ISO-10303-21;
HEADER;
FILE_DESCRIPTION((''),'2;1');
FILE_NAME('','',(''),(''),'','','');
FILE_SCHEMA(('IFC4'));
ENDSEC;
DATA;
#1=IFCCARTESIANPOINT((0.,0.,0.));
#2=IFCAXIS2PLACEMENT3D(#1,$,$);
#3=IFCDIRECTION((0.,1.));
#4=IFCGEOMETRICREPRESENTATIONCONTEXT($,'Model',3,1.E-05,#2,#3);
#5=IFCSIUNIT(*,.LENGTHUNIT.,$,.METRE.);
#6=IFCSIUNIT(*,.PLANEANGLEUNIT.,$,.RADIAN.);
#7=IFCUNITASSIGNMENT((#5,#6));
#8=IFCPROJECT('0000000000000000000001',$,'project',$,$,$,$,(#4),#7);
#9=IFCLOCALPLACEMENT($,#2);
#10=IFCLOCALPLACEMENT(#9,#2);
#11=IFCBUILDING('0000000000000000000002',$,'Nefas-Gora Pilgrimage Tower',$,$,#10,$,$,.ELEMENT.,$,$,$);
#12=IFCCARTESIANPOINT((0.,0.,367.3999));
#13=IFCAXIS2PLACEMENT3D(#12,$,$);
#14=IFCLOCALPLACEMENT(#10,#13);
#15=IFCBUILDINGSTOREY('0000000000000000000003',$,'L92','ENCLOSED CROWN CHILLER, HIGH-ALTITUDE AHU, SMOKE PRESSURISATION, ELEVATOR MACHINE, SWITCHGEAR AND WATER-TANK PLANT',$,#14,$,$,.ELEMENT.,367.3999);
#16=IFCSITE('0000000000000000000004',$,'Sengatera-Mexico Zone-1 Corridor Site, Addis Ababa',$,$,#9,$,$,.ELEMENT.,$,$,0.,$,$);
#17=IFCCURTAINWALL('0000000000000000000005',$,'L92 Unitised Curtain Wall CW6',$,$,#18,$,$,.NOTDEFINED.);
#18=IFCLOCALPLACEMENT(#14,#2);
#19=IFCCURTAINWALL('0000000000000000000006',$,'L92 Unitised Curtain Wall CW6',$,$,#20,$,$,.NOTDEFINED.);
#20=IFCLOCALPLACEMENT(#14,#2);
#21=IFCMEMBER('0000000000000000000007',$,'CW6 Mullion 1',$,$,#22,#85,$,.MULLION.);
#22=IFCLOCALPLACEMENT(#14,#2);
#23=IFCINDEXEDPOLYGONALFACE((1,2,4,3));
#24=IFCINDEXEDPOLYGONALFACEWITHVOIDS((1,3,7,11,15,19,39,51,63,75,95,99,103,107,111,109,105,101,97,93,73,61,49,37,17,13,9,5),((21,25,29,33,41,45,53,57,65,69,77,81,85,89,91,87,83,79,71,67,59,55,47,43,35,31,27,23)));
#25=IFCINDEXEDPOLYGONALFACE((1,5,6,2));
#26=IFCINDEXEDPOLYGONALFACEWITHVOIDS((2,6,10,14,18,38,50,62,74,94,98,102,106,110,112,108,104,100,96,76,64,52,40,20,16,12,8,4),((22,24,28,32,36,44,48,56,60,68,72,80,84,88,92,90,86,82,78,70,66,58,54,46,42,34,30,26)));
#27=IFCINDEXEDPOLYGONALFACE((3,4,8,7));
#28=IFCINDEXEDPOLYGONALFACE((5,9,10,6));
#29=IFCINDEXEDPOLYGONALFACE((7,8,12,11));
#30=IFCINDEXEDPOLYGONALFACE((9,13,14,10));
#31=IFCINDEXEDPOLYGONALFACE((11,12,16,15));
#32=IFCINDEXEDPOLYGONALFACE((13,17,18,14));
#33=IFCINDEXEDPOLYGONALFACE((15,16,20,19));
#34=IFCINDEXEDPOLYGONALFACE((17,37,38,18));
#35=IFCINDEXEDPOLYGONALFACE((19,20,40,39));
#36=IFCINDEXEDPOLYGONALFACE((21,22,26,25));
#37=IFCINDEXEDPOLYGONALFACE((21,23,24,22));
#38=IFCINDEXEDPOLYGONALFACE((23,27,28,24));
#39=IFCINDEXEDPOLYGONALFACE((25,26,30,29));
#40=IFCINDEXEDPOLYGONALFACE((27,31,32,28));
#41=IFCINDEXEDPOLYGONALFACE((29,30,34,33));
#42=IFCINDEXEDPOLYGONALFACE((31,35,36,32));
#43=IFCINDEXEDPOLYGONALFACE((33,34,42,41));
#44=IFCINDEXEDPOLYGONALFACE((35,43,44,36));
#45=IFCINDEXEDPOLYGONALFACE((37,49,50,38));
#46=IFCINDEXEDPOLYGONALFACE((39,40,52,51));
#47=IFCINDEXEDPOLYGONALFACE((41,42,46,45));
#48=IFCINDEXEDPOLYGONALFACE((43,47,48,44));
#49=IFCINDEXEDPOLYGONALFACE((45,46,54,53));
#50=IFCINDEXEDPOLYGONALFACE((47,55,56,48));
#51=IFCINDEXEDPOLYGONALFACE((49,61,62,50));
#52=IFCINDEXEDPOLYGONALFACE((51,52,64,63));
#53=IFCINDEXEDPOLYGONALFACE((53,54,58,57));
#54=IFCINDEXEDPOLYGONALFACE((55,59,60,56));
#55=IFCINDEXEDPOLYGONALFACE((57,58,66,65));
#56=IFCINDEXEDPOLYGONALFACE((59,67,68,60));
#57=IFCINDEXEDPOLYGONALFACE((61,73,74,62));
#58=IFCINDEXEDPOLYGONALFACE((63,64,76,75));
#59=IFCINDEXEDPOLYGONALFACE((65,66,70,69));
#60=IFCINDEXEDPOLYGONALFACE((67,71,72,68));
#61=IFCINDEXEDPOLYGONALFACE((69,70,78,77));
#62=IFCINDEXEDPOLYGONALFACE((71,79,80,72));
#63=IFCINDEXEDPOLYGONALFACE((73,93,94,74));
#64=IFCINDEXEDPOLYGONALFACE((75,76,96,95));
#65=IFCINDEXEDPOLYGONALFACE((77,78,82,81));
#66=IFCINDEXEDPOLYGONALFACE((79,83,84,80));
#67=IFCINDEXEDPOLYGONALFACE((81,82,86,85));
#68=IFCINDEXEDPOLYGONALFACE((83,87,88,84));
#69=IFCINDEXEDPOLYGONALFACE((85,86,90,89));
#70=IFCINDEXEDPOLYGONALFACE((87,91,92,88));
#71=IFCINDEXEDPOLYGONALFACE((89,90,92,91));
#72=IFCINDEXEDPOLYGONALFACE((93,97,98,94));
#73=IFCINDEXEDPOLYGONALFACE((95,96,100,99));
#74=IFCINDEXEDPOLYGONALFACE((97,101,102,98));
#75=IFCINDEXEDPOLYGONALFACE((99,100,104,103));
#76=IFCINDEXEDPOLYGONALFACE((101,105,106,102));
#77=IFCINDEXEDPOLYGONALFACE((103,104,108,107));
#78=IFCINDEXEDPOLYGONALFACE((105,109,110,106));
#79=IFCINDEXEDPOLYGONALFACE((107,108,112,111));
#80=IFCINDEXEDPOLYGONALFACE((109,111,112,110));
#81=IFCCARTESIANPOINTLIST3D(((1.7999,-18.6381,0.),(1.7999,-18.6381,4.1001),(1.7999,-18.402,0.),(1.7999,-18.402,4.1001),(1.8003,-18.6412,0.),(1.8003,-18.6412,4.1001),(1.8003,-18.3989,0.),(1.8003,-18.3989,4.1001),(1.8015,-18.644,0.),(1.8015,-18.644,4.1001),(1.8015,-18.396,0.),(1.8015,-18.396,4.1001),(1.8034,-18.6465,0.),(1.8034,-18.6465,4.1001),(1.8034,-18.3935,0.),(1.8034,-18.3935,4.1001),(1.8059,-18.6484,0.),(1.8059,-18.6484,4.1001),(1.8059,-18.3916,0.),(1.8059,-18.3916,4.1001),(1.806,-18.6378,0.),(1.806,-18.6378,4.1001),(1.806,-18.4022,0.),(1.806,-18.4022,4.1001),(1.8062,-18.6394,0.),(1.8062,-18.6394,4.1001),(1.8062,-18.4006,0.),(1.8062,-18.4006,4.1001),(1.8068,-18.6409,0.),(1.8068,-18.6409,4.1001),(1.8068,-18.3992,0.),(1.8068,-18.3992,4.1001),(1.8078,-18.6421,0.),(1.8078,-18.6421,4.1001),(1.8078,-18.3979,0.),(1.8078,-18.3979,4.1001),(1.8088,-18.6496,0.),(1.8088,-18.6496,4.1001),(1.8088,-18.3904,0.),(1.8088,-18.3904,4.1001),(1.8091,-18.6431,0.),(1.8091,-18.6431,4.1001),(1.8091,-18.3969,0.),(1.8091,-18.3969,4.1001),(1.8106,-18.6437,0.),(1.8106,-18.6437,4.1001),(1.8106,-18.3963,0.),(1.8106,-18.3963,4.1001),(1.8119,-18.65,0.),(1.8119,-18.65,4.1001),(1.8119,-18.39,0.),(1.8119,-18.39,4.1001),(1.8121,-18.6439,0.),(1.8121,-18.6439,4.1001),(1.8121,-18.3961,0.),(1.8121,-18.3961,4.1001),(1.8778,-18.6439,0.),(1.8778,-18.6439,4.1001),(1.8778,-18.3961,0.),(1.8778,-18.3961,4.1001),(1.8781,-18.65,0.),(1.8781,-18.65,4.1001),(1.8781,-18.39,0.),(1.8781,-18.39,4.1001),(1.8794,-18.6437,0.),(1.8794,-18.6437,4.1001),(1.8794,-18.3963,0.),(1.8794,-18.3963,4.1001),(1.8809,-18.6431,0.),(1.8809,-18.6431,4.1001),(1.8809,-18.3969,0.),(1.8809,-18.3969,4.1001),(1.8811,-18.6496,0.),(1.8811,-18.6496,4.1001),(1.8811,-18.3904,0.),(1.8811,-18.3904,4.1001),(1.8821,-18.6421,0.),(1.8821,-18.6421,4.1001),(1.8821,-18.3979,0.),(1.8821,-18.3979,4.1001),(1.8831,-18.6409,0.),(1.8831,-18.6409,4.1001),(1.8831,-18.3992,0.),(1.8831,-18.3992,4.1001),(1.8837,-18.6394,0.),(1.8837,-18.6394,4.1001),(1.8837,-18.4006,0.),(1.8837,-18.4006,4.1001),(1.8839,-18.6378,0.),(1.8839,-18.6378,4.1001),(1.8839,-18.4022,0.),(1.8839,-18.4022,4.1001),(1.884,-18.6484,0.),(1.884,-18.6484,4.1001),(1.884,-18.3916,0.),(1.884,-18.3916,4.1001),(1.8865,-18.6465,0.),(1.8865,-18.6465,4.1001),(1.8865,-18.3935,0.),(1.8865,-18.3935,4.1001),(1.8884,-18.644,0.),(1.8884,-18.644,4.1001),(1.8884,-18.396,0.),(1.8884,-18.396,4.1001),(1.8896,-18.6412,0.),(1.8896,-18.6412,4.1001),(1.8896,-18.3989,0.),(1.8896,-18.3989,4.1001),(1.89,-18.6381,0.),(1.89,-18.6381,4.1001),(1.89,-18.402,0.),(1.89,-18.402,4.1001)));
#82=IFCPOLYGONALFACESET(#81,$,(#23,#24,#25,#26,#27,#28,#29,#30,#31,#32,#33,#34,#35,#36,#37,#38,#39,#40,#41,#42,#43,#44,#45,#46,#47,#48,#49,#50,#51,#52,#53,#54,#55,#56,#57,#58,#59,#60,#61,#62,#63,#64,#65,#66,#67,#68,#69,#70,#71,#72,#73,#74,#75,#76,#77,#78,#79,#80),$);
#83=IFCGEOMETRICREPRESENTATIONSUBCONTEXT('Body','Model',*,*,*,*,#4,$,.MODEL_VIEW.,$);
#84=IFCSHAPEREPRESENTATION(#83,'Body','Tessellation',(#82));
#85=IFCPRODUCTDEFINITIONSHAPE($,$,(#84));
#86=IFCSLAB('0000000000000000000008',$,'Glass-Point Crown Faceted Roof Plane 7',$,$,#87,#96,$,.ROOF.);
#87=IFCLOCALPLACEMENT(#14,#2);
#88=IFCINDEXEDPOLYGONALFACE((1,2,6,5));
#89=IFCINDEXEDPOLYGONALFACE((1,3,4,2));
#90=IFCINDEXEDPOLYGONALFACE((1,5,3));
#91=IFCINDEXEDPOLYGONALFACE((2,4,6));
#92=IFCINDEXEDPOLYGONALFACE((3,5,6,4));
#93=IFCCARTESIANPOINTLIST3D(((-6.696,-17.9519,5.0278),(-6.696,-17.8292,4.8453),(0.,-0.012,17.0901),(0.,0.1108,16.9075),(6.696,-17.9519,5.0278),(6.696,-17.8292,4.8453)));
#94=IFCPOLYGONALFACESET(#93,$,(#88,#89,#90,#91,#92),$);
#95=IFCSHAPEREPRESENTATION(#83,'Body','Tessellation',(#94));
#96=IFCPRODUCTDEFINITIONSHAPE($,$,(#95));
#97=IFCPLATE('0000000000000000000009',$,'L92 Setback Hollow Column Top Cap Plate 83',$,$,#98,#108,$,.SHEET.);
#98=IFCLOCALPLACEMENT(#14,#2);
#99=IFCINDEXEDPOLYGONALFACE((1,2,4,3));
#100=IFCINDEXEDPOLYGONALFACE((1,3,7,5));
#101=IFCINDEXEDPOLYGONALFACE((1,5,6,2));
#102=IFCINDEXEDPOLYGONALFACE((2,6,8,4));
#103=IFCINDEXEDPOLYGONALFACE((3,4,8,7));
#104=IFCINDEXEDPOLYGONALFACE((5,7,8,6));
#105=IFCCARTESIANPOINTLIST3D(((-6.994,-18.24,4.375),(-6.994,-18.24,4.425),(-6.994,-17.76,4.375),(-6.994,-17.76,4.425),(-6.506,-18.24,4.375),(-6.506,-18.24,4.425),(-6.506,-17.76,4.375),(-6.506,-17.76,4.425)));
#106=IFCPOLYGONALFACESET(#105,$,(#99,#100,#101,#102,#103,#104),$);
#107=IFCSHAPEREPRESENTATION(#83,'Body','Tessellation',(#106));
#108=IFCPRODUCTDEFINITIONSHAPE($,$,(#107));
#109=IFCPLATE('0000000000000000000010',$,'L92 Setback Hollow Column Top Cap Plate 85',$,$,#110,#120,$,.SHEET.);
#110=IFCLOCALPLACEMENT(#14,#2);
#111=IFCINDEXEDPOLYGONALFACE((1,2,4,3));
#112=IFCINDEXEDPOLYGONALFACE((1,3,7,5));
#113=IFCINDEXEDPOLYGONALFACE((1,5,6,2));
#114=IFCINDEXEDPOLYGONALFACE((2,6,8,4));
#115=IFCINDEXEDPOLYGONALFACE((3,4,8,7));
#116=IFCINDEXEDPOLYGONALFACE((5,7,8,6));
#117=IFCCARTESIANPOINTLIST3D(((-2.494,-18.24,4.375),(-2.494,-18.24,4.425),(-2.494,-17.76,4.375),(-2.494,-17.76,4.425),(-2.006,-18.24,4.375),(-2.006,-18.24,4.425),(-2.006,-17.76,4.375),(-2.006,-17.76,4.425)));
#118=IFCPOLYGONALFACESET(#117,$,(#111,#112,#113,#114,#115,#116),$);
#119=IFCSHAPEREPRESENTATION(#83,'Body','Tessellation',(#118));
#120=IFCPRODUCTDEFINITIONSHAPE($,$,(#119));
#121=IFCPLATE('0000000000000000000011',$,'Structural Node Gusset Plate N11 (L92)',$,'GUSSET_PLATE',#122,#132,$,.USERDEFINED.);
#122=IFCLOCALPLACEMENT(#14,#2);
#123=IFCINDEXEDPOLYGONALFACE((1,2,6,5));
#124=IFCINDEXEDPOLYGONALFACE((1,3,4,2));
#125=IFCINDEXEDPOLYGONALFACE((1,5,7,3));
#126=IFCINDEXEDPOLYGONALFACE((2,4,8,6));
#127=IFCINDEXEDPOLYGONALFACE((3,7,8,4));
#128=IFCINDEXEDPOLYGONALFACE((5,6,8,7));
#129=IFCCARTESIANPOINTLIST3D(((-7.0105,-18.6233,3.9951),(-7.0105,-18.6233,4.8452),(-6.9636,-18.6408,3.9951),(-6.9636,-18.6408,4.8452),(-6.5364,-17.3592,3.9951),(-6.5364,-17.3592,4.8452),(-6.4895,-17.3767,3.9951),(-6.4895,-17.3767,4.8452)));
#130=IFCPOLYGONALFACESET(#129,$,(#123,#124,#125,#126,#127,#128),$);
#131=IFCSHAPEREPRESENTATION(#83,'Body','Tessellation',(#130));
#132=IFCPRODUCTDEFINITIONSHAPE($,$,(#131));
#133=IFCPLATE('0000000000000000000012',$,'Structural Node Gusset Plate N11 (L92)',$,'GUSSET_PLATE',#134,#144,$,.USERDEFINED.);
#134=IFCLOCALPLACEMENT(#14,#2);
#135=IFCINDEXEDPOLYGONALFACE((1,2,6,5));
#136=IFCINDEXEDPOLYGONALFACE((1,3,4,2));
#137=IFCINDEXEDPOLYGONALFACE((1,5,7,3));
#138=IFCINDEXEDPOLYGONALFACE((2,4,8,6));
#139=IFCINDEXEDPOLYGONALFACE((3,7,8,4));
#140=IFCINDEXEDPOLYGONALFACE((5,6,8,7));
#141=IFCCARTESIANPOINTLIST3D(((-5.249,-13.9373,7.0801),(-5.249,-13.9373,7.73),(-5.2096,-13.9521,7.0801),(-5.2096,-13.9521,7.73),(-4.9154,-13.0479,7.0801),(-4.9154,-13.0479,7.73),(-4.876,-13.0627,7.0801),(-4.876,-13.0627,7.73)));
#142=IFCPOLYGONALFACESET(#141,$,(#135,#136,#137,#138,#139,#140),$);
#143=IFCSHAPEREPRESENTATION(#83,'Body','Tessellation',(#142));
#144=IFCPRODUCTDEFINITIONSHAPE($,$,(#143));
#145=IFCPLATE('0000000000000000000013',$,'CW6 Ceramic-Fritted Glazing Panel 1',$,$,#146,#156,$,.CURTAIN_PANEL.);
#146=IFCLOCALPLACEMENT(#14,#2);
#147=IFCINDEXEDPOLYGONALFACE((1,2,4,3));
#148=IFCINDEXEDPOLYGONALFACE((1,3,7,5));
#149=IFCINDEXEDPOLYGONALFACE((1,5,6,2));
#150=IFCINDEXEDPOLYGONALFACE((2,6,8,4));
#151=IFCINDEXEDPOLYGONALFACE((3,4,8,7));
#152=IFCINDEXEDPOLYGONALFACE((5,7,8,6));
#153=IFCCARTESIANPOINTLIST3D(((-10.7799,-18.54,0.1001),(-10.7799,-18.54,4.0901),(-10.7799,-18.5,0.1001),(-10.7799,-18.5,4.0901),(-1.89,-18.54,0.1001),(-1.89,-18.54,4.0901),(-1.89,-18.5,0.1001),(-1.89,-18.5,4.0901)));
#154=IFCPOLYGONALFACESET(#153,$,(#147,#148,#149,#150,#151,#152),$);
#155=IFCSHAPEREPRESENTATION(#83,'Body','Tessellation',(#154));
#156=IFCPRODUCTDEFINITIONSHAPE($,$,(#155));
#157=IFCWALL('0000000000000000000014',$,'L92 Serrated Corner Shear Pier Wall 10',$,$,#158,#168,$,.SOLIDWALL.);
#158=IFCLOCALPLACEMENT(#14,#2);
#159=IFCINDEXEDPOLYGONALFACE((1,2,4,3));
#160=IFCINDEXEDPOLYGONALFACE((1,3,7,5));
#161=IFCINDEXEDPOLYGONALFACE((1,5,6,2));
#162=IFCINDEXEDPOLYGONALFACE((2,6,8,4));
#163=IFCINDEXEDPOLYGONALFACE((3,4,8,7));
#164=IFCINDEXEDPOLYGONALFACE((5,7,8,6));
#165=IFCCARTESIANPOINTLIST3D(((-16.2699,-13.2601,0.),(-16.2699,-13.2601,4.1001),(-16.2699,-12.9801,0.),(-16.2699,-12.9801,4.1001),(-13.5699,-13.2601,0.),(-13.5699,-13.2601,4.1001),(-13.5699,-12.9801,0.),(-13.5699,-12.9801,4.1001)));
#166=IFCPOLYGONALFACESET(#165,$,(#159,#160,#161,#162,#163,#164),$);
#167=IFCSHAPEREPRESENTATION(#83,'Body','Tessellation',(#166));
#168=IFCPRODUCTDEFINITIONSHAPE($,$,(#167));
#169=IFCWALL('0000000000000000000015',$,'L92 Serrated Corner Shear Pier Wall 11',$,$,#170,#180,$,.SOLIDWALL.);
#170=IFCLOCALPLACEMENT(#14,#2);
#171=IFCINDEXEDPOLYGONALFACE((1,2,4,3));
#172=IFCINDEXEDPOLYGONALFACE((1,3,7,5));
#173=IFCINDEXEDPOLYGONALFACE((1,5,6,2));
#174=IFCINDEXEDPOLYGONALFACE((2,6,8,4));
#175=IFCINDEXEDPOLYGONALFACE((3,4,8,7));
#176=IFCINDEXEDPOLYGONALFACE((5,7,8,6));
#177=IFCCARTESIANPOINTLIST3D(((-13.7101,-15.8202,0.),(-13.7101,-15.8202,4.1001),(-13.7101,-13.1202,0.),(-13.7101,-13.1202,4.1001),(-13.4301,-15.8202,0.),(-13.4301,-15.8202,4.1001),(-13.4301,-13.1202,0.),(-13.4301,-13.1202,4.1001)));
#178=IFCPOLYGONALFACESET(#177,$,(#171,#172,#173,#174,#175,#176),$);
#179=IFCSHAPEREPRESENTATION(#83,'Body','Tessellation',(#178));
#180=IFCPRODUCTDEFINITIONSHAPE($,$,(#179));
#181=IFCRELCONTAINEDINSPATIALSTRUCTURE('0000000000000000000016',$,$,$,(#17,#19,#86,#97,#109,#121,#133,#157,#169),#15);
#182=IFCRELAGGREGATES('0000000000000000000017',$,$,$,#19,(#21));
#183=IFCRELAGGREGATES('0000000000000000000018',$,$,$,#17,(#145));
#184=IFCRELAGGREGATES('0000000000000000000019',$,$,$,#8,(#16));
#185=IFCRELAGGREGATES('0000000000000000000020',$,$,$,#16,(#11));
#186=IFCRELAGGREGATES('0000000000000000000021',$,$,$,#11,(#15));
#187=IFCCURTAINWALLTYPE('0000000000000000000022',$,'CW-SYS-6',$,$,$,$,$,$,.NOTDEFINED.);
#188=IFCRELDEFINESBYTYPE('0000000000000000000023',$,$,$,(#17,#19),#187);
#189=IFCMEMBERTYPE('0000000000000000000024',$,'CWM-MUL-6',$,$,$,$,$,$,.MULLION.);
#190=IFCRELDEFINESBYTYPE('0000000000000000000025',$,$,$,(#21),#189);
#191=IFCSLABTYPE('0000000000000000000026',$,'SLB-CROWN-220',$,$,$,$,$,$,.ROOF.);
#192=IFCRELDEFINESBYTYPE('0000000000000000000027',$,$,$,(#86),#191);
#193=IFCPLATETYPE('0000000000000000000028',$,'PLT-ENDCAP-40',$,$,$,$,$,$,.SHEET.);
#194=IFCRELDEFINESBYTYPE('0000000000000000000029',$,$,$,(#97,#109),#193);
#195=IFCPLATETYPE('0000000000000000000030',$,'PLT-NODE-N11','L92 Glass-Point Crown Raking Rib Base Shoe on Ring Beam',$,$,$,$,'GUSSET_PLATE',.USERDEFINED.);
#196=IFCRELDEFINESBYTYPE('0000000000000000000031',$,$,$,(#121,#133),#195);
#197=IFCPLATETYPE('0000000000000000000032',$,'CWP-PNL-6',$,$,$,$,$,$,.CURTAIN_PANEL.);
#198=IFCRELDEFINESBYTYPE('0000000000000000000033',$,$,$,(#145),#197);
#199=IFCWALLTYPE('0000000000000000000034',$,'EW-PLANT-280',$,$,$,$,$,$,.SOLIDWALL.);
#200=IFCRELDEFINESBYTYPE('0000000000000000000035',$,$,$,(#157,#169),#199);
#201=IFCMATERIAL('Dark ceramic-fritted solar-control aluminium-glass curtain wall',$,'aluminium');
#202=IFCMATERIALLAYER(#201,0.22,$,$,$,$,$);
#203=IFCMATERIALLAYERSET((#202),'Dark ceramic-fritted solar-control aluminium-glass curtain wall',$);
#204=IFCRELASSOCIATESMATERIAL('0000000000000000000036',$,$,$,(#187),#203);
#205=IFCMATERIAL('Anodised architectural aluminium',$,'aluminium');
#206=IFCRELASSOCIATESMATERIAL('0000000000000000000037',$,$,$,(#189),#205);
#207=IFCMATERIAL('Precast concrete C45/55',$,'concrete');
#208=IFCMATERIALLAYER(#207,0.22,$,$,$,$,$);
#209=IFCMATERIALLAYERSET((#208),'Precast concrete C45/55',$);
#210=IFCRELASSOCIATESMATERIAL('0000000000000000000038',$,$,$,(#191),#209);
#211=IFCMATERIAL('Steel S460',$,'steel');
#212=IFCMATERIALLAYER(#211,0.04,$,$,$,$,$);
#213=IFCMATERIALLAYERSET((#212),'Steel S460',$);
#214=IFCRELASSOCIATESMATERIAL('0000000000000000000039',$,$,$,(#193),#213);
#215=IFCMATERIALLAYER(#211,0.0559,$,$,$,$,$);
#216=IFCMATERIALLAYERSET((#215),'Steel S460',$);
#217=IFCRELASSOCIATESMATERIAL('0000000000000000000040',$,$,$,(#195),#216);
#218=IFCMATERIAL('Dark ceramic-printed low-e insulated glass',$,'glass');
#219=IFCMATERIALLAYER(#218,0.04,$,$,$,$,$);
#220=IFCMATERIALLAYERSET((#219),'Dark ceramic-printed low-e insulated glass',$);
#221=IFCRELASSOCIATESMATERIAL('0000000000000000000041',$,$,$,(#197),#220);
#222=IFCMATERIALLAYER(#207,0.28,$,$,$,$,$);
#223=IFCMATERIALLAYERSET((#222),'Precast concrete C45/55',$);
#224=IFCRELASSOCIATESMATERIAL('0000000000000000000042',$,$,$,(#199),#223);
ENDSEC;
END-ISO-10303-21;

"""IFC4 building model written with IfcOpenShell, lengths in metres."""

from ifc_helpers import new_model, si_unit, direction, frame, frame_2d, origin, origin_2d, place, context, subcontext, project, spatial, polyline, rectangle, hollow_rectangle, outline, extrude, source, transform, mapped, material, layer, layer_set, material_profile, profile_set, type_object, element, aggregate, save


model = new_model("IFC4")

# Units and contexts
model_context = context("Model", 3, precision=1e-05, world=origin(), true_north=direction((0.0, 1.0)))
body_context = subcontext(model_context, "Body", "Model", "MODEL_VIEW")
ifc_project = project(units=[si_unit("LENGTHUNIT", "METRE"), si_unit("PLANEANGLEUNIT", "RADIAN")], contexts=[model_context])

# Site, building, storey
site_placement = place(None, origin())
site = spatial("IfcSite", under=ifc_project, at=site_placement, Name="Sengatera-Mexico Zone-1 Corridor Site, Addis Ababa", CompositionType="ELEMENT", RefElevation=0.0)
building_placement = place(site_placement, origin())
building = spatial("IfcBuilding", under=site, at=building_placement, Name="Nefas-Gora Pilgrimage Tower", CompositionType="ELEMENT")
storey_placement = place(building_placement, frame((0.0, 0.0, 367.3999)))
storey = spatial("IfcBuildingStorey", under=building, at=storey_placement, Name="L92", Description="ENCLOSED CROWN CHILLER, HIGH-ALTITUDE AHU, SMOKE PRESSURISATION, ELEVATOR MACHINE, SWITCHGEAR AND WATER-TANK PLANT", CompositionType="ELEMENT", Elevation=367.3999)

# Shared definitions
ifc_material_1 = material(Name="Steel S460", Category="steel")

# Curtain wall
ifc_material_2 = material(Name="Dark ceramic-fritted solar-control aluminium-glass curtain wall", Category="aluminium")
ifc_layer_1 = layer(ifc_material_2, 0.22)
ifc_layer_set_1 = layer_set([ifc_layer_1], Name="Dark ceramic-fritted solar-control aluminium-glass curtain wall")
curtain_wall_type = type_object("IfcCurtainWallType", Name="CW-SYS-6", PredefinedType="NOTDEFINED", material=ifc_layer_set_1)
curtain_wall_1_placement = place(storey_placement, origin())
curtain_wall_1 = element("IfcCurtainWall", 1, at=curtain_wall_1_placement, inside=storey, type_object=curtain_wall_type, Name="L92 Unitised Curtain Wall CW6", PredefinedType="NOTDEFINED")
ifc_material_3 = material(Name="Anodised architectural aluminium", Category="aluminium")
ifc_material_profile_1 = material_profile(ifc_material_3, hollow_rectangle(XDim=0.0901, YDim=0.26, WallThickness=0.0061, InnerFilletRadius=0.0061, OuterFilletRadius=0.012, at=origin_2d()), Name="ALU MULLION 90x260")
ifc_profile_set_1 = profile_set([ifc_material_profile_1], Name="Anodised architectural aluminium")
member_type_1 = type_object("IfcMemberType", Name="CWM-MUL-6", PredefinedType="MULLION", material=ifc_profile_set_1)
shared_shape_1 = source(origin(), body_context, "Body", "SweptSolid", [
    extrude(hollow_rectangle(XDim=0.0901, YDim=0.26, WallThickness=0.0061, InnerFilletRadius=0.0061, OuterFilletRadius=0.012, at=origin_2d()), origin(), (0.0, 0.0, 1.0), 4.1001),
])

# Curtain wall, member
curtain_wall_2_placement = place(storey_placement, origin())
curtain_wall_2 = element("IfcCurtainWall", 2, at=curtain_wall_2_placement, inside=storey, type_object=curtain_wall_type, Name="L92 Unitised Curtain Wall CW6", PredefinedType="NOTDEFINED")
member_1_placement = place(storey_placement, frame((1.845, -18.52, 0.0), z_axis=(0.0, 0.0, 1.0), x_axis=(1.0, 0.0, 0.0)))
member_1 = element("IfcMember", 3, at=member_1_placement, type_object=member_type_1, Name="CW6 Mullion 1", PredefinedType="MULLION", context=body_context, shape_type="MappedRepresentation", body=[
    mapped(shared_shape_1, transform((0.0, 0.0, 0.0), x_axis=(1.0, 0.0, 0.0), y_axis=(0.0, 1.0, 0.0), z_axis=(0.0, 0.0, 1.0), scale=1.0)),
])
aggregate(curtain_wall_2, [member_1])

# Slab
ifc_material_4 = material(Name="Precast concrete C45/55", Category="concrete")
ifc_layer_2 = layer(ifc_material_4, 0.22)
ifc_layer_set_2 = layer_set([ifc_layer_2], Name="Precast concrete C45/55")
slab_type = type_object("IfcSlabType", Name="SLB-CROWN-220", PredefinedType="ROOF", material=ifc_layer_set_2)
slab_placement = place(storey_placement, frame((-6.696, -17.9519, 5.0278), z_axis=(0.0, -0.557972, 0.82986), x_axis=(1.0, 0.0, 0.0)))
element("IfcSlab", 4, at=slab_placement, inside=storey, type_object=slab_type, Name="Glass-Point Crown Faceted Roof Plane 7", PredefinedType="ROOF", context=body_context, shape_type="SweptSolid", body=[
    extrude(outline(polyline([(0.0, 0.0), (13.3921, 0.0), (6.696, 21.618), (0.0, 0.0)])), origin(), (0.0, 0.0, -1.0), 0.22),
])

# Plates
ifc_layer_3 = layer(ifc_material_1, 0.04)
ifc_layer_set_3 = layer_set([ifc_layer_3], Name="Steel S460")
plate_type_1 = type_object("IfcPlateType", Name="PLT-ENDCAP-40", PredefinedType="SHEET", material=ifc_layer_set_3)
shared_shape_2 = source(origin(), body_context, "Body", "SweptSolid", [
    extrude(rectangle(XDim=0.488, YDim=0.48, at=origin_2d()), origin(), (0.0, 0.0, 1.0), 0.05),
])
for number, where, z_axis, x_axis, name in (
    (5, (-6.75, -18.0, 4.375), (0.0, 0.0, 1.0), (1.0, 0.0, 0.0), "L92 Setback Hollow Column Top Cap Plate 83"),
    (6, (-2.25, -18.0, 4.375), (0.0, 0.0, 1.0), (1.0, 0.0, 0.0), "L92 Setback Hollow Column Top Cap Plate 85"),
):
    element("IfcPlate", number, at=place(storey_placement, frame(where, z_axis=z_axis, x_axis=x_axis)), inside=storey, type_object=plate_type_1, Name=name, PredefinedType="SHEET", context=body_context, shape_type="MappedRepresentation", body=[
        mapped(shared_shape_2, transform((0.0, 0.0, 0.0), x_axis=(1.0, 0.0, 0.0), y_axis=(0.0, 1.0, 0.0), z_axis=(0.0, 0.0, 1.0), scale=1.0)),
    ])
ifc_layer_4 = layer(ifc_material_1, 0.0559)
ifc_layer_set_4 = layer_set([ifc_layer_4], Name="Steel S460")
plate_type_2 = type_object("IfcPlateType", Name="PLT-NODE-N11", Description="L92 Glass-Point Crown Raking Rib Base Shoe on Ring Beam", ElementType="GUSSET_PLATE", PredefinedType="USERDEFINED", material=ifc_layer_set_4)
shared_shape_3 = source(origin(), body_context, "Body", "SweptSolid", [
    extrude(rectangle(XDim=1.3501, YDim=0.05, at=origin_2d()), origin(), (0.0, 0.0, 1.0), 0.8501),
])
plate_1_placement = place(storey_placement, frame((-6.75, -18.0, 3.9951), z_axis=(0.0, 0.0, 1.0), x_axis=(-0.351188, -0.936305, 0.0)))
element("IfcPlate", 7, at=plate_1_placement, inside=storey, type_object=plate_type_2, Name="Structural Node Gusset Plate N11 (L92)", ObjectType="GUSSET_PLATE", PredefinedType="USERDEFINED", context=body_context, shape_type="MappedRepresentation", body=[
    mapped(shared_shape_3, transform((0.0, 0.0, 0.0), x_axis=(1.0, 0.0, 0.0), y_axis=(0.0, 1.0, 0.0), z_axis=(0.0, 0.0, 1.0), scale=1.0)),
])
shared_shape_4 = source(origin(), body_context, "Body", "SweptSolid", [
    extrude(rectangle(XDim=0.95, YDim=0.042, at=origin_2d()), origin(), (0.0, 0.0, 1.0), 0.6499),
])
plate_2_placement = place(storey_placement, frame((-5.0625, -13.5, 7.0801), z_axis=(0.0, 0.0, 1.0), x_axis=(-0.351188, -0.936305, 0.0)))
element("IfcPlate", 8, at=plate_2_placement, inside=storey, type_object=plate_type_2, Name="Structural Node Gusset Plate N11 (L92)", ObjectType="GUSSET_PLATE", PredefinedType="USERDEFINED", context=body_context, shape_type="MappedRepresentation", body=[
    mapped(shared_shape_4, transform((0.0, 0.0, 0.0), x_axis=(1.0, 0.0, 0.0), y_axis=(0.0, 1.0, 0.0), z_axis=(0.0, 0.0, 1.0), scale=1.0)),
])

# Plate
ifc_material_5 = material(Name="Dark ceramic-printed low-e insulated glass", Category="glass")
ifc_layer_5 = layer(ifc_material_5, 0.04)
ifc_layer_set_5 = layer_set([ifc_layer_5], Name="Dark ceramic-printed low-e insulated glass")
plate_type_3 = type_object("IfcPlateType", Name="CWP-PNL-6", PredefinedType="CURTAIN_PANEL", material=ifc_layer_set_5)
shared_shape_5 = source(origin(), body_context, "Body", "SweptSolid", [
    extrude(rectangle(XDim=8.8899, YDim=0.04, at=origin_2d()), origin(), (0.0, 0.0, 1.0), 3.99),
])
plate_3_placement = place(storey_placement, frame((-6.335, -18.52, 0.1001), z_axis=(0.0, 0.0, 1.0), x_axis=(1.0, 0.0, 0.0)))
plate_3 = element("IfcPlate", 9, at=plate_3_placement, type_object=plate_type_3, Name="CW6 Ceramic-Fritted Glazing Panel 1", PredefinedType="CURTAIN_PANEL", context=body_context, shape_type="MappedRepresentation", body=[
    mapped(shared_shape_5, transform((0.0, 0.0, 0.0), x_axis=(1.0, 0.0, 0.0), y_axis=(0.0, 1.0, 0.0), z_axis=(0.0, 0.0, 1.0), scale=1.0)),
])
aggregate(curtain_wall_1, [plate_3])

# Walls
ifc_layer_6 = layer(ifc_material_4, 0.28)
ifc_layer_set_6 = layer_set([ifc_layer_6], Name="Precast concrete C45/55")
wall_type_1 = type_object("IfcWallType", Name="EW-PLANT-280", PredefinedType="SOLIDWALL", material=ifc_layer_set_6)
shared_shape_6 = source(origin(), body_context, "Body", "SweptSolid", [
    extrude(rectangle(XDim=2.7, YDim=0.28, at=frame_2d((1.3501, 0.0))), origin(), (0.0, 0.0, 1.0), 4.1001),
])
for number, where, z_axis, x_axis, name in (
    (10, (-16.27, -13.1201, 0.0), (0.0, 0.0, 1.0), (1.0, 0.0, 0.0), "L92 Serrated Corner Shear Pier Wall 10"),
    (11, (-13.5701, -13.1201, 0.0), (0.0, 0.0, 1.0), (0.0, -1.0, 0.0), "L92 Serrated Corner Shear Pier Wall 11"),
):
    element("IfcWall", number, at=place(storey_placement, frame(where, z_axis=z_axis, x_axis=x_axis)), inside=storey, type_object=wall_type_1, Name=name, PredefinedType="SOLIDWALL", context=body_context, shape_type="MappedRepresentation", body=[
        mapped(shared_shape_6, transform((0.0, 0.0, 0.0), x_axis=(1.0, 0.0, 0.0), y_axis=(0.0, 1.0, 0.0), z_axis=(0.0, 0.0, 1.0), scale=1.0)),
    ])

save(model, "model.ifc")
